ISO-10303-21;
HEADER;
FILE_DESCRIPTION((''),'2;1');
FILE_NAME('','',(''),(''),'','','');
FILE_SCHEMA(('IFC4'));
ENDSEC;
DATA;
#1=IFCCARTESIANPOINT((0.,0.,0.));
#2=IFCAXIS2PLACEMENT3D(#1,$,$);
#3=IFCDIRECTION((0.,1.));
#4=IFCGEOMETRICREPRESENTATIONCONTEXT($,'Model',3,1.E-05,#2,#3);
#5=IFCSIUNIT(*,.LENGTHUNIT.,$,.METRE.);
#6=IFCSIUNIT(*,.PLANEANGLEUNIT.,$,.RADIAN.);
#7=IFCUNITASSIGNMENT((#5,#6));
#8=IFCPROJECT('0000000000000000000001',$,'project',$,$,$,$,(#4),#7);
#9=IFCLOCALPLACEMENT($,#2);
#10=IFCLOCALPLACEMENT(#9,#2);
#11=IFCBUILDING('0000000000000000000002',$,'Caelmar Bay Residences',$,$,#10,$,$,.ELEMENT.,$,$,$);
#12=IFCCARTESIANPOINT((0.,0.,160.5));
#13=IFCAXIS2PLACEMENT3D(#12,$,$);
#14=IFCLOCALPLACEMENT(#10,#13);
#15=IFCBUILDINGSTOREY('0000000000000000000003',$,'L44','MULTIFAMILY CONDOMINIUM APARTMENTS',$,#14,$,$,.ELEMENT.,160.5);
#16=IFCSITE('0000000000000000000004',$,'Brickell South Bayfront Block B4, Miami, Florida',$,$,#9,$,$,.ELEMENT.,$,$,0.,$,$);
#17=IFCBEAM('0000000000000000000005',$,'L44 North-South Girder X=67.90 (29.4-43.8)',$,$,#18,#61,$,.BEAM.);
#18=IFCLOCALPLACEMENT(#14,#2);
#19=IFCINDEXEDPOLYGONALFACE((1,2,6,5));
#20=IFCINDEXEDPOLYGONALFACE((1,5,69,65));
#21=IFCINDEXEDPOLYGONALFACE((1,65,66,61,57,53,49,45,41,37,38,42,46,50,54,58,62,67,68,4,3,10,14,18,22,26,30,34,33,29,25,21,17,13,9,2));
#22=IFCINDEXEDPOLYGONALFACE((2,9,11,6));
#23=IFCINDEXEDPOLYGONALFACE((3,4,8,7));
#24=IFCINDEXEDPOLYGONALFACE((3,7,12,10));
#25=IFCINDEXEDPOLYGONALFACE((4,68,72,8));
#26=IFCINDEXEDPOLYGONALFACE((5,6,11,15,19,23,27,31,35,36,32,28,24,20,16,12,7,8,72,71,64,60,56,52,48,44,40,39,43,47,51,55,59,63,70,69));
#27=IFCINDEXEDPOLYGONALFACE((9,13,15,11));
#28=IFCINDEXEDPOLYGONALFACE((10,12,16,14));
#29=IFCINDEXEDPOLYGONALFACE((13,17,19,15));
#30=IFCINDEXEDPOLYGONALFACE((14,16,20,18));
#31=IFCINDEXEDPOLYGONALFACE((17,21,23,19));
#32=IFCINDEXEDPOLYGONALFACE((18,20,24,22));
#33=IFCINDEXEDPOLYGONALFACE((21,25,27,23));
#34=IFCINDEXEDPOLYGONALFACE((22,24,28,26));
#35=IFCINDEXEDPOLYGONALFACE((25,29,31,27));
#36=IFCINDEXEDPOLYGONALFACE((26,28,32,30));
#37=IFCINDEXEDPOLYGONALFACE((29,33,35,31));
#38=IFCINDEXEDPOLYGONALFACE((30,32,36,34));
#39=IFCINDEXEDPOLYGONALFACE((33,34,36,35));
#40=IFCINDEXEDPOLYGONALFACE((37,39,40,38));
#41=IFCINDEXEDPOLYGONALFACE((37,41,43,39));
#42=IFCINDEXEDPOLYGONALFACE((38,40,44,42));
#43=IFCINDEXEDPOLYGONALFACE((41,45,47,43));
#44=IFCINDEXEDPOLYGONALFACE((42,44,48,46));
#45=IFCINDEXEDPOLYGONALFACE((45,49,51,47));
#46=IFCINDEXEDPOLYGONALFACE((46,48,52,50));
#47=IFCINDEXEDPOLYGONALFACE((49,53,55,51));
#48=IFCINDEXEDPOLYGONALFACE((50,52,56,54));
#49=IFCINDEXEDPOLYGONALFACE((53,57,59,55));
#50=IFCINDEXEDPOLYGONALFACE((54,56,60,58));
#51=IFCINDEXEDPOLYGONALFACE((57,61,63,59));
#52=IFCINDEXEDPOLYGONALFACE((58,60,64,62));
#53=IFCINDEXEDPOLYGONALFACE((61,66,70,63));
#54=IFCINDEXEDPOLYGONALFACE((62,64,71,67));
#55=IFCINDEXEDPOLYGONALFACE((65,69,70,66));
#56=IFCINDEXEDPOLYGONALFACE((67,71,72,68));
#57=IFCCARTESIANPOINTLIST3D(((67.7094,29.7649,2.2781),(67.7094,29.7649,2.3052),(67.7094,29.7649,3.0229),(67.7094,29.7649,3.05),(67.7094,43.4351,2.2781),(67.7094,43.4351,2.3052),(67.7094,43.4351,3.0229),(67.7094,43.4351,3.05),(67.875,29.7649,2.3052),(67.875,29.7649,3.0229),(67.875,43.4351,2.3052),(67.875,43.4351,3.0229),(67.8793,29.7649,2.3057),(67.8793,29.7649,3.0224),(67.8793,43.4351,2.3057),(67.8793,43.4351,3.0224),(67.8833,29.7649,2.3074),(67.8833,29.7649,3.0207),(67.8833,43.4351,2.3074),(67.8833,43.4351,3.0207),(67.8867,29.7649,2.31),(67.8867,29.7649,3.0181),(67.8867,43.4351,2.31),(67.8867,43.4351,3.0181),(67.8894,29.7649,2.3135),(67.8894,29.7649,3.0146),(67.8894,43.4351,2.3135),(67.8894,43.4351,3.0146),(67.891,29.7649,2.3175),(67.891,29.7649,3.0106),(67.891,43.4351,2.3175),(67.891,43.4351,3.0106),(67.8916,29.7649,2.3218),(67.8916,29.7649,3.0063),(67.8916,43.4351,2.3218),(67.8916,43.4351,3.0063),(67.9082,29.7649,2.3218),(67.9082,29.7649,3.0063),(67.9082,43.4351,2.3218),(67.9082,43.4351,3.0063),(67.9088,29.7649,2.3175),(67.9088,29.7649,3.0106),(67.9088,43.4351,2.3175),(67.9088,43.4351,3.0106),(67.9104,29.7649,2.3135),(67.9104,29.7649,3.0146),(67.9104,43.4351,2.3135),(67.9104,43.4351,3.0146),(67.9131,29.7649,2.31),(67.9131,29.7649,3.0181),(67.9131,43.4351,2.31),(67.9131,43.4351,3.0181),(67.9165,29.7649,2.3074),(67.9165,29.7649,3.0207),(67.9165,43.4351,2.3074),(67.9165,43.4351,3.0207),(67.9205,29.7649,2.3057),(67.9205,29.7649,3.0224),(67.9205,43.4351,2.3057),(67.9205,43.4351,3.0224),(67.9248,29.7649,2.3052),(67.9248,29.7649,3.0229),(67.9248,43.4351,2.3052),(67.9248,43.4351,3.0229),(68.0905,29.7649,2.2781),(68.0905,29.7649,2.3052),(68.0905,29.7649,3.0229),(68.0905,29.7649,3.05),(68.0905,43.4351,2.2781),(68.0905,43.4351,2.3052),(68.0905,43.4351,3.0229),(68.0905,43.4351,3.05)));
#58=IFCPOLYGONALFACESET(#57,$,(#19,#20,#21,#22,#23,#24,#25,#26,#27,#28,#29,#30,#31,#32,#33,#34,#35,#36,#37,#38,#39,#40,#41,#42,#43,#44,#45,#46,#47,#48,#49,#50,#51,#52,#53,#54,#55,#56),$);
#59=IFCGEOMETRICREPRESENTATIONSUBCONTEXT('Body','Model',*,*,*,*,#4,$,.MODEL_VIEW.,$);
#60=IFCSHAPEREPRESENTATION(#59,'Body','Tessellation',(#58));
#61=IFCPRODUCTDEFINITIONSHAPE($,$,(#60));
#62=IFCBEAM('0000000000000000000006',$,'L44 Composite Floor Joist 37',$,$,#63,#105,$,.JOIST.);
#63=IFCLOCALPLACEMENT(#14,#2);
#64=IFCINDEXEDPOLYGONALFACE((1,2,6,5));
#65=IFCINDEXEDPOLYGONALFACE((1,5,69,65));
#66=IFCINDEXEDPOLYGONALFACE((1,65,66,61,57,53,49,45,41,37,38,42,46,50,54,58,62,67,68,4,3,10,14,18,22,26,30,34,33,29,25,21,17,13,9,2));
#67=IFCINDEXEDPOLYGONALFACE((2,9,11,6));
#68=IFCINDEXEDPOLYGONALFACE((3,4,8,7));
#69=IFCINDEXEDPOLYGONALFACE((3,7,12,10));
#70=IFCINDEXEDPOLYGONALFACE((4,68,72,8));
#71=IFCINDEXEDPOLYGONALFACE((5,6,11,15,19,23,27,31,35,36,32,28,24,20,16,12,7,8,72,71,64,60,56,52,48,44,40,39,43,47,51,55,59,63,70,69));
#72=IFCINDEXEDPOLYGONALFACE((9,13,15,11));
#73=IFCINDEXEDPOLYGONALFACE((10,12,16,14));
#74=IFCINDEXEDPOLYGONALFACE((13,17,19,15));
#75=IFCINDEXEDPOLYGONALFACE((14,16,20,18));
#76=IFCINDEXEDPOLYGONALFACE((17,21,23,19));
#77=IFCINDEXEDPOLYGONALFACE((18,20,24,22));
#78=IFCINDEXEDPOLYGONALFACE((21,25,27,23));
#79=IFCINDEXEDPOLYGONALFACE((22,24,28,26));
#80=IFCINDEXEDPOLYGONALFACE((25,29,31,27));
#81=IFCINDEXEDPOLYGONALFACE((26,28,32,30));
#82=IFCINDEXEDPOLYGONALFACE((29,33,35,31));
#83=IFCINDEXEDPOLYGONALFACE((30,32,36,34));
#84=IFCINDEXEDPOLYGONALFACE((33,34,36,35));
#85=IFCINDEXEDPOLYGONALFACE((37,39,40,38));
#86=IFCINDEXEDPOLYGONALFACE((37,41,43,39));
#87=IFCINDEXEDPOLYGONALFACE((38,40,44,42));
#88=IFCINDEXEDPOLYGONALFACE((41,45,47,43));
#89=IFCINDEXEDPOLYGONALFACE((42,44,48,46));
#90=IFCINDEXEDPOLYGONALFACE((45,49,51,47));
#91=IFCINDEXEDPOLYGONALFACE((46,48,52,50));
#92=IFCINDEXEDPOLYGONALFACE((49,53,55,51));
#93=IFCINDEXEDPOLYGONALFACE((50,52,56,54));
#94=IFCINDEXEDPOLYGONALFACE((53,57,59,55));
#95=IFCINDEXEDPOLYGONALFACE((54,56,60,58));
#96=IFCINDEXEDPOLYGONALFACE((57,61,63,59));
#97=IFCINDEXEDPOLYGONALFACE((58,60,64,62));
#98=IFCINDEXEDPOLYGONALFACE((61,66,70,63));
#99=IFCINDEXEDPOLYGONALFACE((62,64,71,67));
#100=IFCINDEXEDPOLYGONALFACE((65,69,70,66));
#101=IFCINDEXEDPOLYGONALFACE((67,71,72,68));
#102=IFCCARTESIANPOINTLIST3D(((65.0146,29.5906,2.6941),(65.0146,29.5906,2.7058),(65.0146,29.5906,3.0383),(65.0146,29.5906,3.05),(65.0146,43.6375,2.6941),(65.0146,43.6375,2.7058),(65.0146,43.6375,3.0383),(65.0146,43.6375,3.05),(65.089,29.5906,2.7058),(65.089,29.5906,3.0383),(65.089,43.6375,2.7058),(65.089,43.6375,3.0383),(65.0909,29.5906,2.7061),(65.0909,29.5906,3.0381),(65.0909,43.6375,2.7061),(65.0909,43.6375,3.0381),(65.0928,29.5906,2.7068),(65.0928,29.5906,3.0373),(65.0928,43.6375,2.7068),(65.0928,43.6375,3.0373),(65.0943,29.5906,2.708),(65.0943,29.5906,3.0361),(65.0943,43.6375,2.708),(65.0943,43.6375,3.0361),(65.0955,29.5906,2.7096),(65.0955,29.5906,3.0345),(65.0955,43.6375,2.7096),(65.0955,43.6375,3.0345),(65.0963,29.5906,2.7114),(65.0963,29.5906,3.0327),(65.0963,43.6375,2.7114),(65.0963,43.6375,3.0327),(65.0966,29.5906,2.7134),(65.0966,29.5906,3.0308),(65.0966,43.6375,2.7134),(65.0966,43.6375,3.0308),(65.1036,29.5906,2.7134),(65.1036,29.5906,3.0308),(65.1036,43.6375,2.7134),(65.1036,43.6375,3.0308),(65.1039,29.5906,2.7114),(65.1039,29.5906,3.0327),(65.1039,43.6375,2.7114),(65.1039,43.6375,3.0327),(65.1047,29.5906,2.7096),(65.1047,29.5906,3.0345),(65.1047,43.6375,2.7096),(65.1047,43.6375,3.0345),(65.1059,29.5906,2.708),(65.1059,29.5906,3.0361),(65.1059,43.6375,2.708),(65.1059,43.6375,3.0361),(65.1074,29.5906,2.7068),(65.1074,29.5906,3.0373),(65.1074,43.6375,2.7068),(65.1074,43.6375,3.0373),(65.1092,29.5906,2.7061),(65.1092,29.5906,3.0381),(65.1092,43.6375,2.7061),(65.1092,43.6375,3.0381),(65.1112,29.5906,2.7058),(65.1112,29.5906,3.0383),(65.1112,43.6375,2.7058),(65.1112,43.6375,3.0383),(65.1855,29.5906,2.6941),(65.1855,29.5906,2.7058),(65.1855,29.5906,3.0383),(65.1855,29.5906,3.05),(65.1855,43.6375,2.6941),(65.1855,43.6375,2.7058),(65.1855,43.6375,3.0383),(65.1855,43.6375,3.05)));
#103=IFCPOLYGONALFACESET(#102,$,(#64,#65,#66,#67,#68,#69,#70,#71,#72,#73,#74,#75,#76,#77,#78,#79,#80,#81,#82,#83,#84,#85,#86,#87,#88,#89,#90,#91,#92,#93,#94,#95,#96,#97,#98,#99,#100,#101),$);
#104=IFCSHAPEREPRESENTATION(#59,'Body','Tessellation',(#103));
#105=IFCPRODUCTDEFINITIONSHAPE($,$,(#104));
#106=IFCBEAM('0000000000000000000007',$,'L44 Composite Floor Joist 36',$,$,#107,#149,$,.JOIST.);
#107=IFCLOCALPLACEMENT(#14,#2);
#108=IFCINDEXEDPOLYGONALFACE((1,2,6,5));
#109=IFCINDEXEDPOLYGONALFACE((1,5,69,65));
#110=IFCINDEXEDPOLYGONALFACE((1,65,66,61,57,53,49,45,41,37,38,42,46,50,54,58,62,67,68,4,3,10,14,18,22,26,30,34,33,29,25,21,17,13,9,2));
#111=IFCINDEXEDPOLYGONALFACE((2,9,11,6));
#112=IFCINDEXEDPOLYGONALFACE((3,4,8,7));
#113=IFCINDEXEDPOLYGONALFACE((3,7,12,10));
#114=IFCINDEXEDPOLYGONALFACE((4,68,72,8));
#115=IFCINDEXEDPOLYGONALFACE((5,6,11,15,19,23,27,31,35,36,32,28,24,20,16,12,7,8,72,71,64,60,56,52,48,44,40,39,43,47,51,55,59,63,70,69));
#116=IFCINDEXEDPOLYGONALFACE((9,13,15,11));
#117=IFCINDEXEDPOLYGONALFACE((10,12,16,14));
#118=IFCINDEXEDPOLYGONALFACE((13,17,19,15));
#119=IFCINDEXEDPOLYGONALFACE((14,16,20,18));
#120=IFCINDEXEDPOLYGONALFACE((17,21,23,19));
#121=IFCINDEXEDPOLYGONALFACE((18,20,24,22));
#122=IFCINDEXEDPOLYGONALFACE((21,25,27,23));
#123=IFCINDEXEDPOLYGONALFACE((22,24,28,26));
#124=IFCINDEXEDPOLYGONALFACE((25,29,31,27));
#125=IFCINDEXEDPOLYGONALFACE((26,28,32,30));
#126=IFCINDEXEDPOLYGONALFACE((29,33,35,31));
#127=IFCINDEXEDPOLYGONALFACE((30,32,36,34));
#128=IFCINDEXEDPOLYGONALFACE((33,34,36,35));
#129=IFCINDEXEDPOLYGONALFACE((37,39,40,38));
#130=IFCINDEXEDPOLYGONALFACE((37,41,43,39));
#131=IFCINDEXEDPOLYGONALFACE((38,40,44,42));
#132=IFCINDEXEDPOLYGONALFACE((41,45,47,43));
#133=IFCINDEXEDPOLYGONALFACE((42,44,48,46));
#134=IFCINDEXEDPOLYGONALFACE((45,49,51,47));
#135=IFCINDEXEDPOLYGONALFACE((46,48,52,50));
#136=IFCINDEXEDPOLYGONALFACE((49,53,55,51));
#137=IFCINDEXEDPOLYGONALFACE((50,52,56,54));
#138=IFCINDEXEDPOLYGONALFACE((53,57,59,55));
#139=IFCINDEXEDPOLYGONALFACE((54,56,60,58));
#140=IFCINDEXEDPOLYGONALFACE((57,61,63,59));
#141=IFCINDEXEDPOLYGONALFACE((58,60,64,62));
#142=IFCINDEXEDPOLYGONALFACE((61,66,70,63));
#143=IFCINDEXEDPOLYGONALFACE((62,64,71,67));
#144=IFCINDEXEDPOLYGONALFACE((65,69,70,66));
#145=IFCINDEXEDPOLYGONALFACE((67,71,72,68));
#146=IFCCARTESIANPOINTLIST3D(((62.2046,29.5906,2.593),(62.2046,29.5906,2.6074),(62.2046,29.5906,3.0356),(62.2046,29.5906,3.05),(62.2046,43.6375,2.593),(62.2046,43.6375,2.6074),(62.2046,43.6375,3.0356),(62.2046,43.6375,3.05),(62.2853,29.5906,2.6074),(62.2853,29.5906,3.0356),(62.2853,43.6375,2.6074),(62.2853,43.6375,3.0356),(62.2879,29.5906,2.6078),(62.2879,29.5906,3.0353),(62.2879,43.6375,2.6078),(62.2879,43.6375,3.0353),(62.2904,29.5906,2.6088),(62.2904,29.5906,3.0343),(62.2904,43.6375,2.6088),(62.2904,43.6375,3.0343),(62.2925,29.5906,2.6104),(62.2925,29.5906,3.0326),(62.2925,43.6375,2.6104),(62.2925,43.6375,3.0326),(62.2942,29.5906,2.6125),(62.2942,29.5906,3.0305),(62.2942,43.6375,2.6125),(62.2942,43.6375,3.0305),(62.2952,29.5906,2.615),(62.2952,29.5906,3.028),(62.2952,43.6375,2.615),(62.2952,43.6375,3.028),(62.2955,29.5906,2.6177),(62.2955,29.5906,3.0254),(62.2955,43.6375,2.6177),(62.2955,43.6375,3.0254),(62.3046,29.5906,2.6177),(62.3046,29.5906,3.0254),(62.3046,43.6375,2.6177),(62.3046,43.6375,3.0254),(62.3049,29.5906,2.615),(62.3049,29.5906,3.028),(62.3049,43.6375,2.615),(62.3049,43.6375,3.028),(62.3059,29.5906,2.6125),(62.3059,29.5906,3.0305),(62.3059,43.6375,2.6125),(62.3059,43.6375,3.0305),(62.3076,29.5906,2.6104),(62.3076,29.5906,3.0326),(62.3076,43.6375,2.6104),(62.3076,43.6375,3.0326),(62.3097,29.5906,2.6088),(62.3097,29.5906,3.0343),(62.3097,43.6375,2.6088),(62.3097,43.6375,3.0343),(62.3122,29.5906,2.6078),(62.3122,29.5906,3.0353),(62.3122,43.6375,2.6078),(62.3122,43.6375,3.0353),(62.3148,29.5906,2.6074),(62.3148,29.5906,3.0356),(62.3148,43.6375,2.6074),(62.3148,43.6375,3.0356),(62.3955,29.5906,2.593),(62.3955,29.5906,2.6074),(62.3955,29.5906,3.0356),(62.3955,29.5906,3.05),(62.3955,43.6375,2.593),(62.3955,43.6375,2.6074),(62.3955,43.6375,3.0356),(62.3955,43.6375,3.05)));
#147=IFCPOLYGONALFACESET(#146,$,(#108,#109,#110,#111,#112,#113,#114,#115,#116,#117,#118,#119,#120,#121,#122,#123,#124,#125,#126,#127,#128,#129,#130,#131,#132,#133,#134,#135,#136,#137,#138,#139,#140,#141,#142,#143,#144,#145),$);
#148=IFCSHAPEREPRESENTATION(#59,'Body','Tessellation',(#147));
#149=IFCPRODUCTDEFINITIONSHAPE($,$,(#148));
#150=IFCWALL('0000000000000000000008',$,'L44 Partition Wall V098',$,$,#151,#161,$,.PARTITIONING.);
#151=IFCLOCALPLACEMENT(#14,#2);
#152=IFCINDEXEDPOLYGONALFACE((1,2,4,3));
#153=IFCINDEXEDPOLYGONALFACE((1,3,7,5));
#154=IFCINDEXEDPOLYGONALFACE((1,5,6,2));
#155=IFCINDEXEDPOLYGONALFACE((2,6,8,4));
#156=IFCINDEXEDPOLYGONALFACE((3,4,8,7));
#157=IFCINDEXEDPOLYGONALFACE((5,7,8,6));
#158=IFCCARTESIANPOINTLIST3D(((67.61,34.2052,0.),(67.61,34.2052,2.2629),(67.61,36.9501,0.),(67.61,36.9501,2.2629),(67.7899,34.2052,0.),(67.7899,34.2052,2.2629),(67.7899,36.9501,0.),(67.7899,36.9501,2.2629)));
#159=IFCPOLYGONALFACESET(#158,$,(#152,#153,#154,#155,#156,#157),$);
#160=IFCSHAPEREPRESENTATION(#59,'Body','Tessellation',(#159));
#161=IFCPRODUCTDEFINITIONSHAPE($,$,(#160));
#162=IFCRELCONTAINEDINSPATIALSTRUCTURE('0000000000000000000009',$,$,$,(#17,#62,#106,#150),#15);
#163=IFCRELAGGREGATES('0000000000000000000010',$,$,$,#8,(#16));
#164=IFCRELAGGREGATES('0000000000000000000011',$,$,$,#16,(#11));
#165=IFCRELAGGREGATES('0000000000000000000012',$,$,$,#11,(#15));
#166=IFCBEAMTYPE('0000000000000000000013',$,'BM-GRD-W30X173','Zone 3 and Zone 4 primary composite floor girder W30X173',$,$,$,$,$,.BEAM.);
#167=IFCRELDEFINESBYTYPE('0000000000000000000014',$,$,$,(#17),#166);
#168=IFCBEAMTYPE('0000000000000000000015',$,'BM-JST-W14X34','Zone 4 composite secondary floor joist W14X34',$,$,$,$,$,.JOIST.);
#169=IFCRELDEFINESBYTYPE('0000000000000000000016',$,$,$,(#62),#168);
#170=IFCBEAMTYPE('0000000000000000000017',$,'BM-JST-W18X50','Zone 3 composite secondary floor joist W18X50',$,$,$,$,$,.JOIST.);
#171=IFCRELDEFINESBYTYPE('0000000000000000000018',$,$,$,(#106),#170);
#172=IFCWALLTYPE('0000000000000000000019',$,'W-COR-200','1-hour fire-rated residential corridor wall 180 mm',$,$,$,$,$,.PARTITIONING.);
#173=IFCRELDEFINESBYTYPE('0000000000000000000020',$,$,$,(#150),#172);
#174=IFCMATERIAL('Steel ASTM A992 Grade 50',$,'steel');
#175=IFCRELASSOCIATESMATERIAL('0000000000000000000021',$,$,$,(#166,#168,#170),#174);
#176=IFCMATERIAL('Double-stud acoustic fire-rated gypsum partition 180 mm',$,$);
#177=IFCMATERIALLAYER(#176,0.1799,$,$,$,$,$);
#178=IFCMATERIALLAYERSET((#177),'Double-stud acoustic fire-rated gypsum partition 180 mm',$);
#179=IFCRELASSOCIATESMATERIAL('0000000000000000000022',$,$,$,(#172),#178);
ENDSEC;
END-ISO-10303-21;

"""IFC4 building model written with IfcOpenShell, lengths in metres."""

from ifc_helpers import new_model, si_unit, direction, frame, frame_2d, origin, origin_2d, place, context, subcontext, project, spatial, rectangle, i_section, extrude, material, layer, layer_set, material_profile, profile_set, type_object, element, save


model = new_model("IFC4")

# Units and contexts
model_context = context("Model", 3, precision=1e-05, world=origin(), true_north=direction((0.0, 1.0)))
body_context = subcontext(model_context, "Body", "Model", "MODEL_VIEW")
ifc_project = project(units=[si_unit("LENGTHUNIT", "METRE"), si_unit("PLANEANGLEUNIT", "RADIAN")], contexts=[model_context])

# Site, building, storey
site_placement = place(None, origin())
site = spatial("IfcSite", under=ifc_project, at=site_placement, Name="Brickell South Bayfront Block B4, Miami, Florida", CompositionType="ELEMENT", RefElevation=0.0)
building_placement = place(site_placement, origin())
building = spatial("IfcBuilding", under=site, at=building_placement, Name="Caelmar Bay Residences", CompositionType="ELEMENT")
storey_placement = place(building_placement, frame((0.0, 0.0, 160.5)))
storey = spatial("IfcBuildingStorey", under=building, at=storey_placement, Name="L44", Description="MULTIFAMILY CONDOMINIUM APARTMENTS", CompositionType="ELEMENT", Elevation=160.5)

# Beams
ifc_material_1 = material(Name="Steel ASTM A992 Grade 50", Category="steel")
ifc_material_profile_1 = material_profile(ifc_material_1, i_section(OverallWidth=0.3811, OverallDepth=0.772, WebThickness=0.0166, FlangeThickness=0.0271, FilletRadius=0.0166, at=origin_2d()), Name="W30X173")
ifc_profile_set_1 = profile_set([ifc_material_profile_1], Name="Steel ASTM A992 Grade 50")
beam_type_1 = type_object("IfcBeamType", Name="BM-GRD-W30X173", Description="Zone 3 and Zone 4 primary composite floor girder W30X173", PredefinedType="BEAM", material=ifc_profile_set_1)
beam_1_placement = place(storey_placement, frame((67.8999, 29.7649, 2.6641), z_axis=(0.0, 1.0, 0.0), x_axis=(-1.0, 0.0, 0.0)))
element("IfcBeam", 1, at=beam_1_placement, inside=storey, type_object=beam_type_1, Name="L44 North-South Girder X=67.90 (29.4-43.8)", PredefinedType="BEAM", context=body_context, shape_type="SweptSolid", body=[
    extrude(i_section(OverallWidth=0.3811, OverallDepth=0.772, WebThickness=0.0166, FlangeThickness=0.0271, FilletRadius=0.0166, at=origin_2d()), origin(), (0.0, 0.0, 1.0), 13.6702),
])
ifc_material_profile_2 = material_profile(ifc_material_1, i_section(OverallWidth=0.1709, OverallDepth=0.356, WebThickness=0.0071, FlangeThickness=0.0117, FilletRadius=0.0076, at=origin_2d()), Name="W14X34")
ifc_profile_set_2 = profile_set([ifc_material_profile_2], Name="Steel ASTM A992 Grade 50")
beam_type_2 = type_object("IfcBeamType", Name="BM-JST-W14X34", Description="Zone 4 composite secondary floor joist W14X34", PredefinedType="JOIST", material=ifc_profile_set_2)
beam_2_placement = place(storey_placement, frame((65.1001, 29.5906, 2.8721), z_axis=(0.0, 1.0, 0.0), x_axis=(-1.0, 0.0, 0.0)))
element("IfcBeam", 2, at=beam_2_placement, inside=storey, type_object=beam_type_2, Name="L44 Composite Floor Joist 37", PredefinedType="JOIST", context=body_context, shape_type="SweptSolid", body=[
    extrude(i_section(OverallWidth=0.1709, OverallDepth=0.356, WebThickness=0.0071, FlangeThickness=0.0117, FilletRadius=0.0076, at=origin_2d()), origin(), (0.0, 0.0, 1.0), 14.0469),
])
ifc_material_profile_3 = material_profile(ifc_material_1, i_section(OverallWidth=0.1909, OverallDepth=0.457, WebThickness=0.009, FlangeThickness=0.0144, FilletRadius=0.0103, at=origin_2d()), Name="W18X50")
ifc_profile_set_3 = profile_set([ifc_material_profile_3], Name="Steel ASTM A992 Grade 50")
beam_type_3 = type_object("IfcBeamType", Name="BM-JST-W18X50", Description="Zone 3 composite secondary floor joist W18X50", PredefinedType="JOIST", material=ifc_profile_set_3)
beam_3_placement = place(storey_placement, frame((62.3, 29.5906, 2.8215), z_axis=(0.0, 1.0, 0.0), x_axis=(-1.0, 0.0, 0.0)))
element("IfcBeam", 3, at=beam_3_placement, inside=storey, type_object=beam_type_3, Name="L44 Composite Floor Joist 36", PredefinedType="JOIST", context=body_context, shape_type="SweptSolid", body=[
    extrude(i_section(OverallWidth=0.1909, OverallDepth=0.457, WebThickness=0.009, FlangeThickness=0.0144, FilletRadius=0.0103, at=origin_2d()), origin(), (0.0, 0.0, 1.0), 14.0469),
])

# Wall
ifc_material_2 = material(Name="Double-stud acoustic fire-rated gypsum partition 180 mm")
ifc_layer_1 = layer(ifc_material_2, 0.1799)
ifc_layer_set_1 = layer_set([ifc_layer_1], Name="Double-stud acoustic fire-rated gypsum partition 180 mm")
wall_type_1 = type_object("IfcWallType", Name="W-COR-200", Description="1-hour fire-rated residential corridor wall 180 mm", PredefinedType="PARTITIONING", material=ifc_layer_set_1)
wall_1_placement = place(storey_placement, frame((67.7, 34.2051, 0.0), z_axis=(0.0, 0.0, 1.0), x_axis=(0.0, 1.0, 0.0)))
element("IfcWall", 4, at=wall_1_placement, inside=storey, type_object=wall_type_1, Name="L44 Partition Wall V098", PredefinedType="PARTITIONING", context=body_context, shape_type="SweptSolid", body=[
    extrude(rectangle(XDim=2.7449, YDim=0.1799, at=frame_2d((1.3726, 0.0))), origin(), (0.0, 0.0, 1.0), 2.2629),
])

save(model, "model.ifc")
